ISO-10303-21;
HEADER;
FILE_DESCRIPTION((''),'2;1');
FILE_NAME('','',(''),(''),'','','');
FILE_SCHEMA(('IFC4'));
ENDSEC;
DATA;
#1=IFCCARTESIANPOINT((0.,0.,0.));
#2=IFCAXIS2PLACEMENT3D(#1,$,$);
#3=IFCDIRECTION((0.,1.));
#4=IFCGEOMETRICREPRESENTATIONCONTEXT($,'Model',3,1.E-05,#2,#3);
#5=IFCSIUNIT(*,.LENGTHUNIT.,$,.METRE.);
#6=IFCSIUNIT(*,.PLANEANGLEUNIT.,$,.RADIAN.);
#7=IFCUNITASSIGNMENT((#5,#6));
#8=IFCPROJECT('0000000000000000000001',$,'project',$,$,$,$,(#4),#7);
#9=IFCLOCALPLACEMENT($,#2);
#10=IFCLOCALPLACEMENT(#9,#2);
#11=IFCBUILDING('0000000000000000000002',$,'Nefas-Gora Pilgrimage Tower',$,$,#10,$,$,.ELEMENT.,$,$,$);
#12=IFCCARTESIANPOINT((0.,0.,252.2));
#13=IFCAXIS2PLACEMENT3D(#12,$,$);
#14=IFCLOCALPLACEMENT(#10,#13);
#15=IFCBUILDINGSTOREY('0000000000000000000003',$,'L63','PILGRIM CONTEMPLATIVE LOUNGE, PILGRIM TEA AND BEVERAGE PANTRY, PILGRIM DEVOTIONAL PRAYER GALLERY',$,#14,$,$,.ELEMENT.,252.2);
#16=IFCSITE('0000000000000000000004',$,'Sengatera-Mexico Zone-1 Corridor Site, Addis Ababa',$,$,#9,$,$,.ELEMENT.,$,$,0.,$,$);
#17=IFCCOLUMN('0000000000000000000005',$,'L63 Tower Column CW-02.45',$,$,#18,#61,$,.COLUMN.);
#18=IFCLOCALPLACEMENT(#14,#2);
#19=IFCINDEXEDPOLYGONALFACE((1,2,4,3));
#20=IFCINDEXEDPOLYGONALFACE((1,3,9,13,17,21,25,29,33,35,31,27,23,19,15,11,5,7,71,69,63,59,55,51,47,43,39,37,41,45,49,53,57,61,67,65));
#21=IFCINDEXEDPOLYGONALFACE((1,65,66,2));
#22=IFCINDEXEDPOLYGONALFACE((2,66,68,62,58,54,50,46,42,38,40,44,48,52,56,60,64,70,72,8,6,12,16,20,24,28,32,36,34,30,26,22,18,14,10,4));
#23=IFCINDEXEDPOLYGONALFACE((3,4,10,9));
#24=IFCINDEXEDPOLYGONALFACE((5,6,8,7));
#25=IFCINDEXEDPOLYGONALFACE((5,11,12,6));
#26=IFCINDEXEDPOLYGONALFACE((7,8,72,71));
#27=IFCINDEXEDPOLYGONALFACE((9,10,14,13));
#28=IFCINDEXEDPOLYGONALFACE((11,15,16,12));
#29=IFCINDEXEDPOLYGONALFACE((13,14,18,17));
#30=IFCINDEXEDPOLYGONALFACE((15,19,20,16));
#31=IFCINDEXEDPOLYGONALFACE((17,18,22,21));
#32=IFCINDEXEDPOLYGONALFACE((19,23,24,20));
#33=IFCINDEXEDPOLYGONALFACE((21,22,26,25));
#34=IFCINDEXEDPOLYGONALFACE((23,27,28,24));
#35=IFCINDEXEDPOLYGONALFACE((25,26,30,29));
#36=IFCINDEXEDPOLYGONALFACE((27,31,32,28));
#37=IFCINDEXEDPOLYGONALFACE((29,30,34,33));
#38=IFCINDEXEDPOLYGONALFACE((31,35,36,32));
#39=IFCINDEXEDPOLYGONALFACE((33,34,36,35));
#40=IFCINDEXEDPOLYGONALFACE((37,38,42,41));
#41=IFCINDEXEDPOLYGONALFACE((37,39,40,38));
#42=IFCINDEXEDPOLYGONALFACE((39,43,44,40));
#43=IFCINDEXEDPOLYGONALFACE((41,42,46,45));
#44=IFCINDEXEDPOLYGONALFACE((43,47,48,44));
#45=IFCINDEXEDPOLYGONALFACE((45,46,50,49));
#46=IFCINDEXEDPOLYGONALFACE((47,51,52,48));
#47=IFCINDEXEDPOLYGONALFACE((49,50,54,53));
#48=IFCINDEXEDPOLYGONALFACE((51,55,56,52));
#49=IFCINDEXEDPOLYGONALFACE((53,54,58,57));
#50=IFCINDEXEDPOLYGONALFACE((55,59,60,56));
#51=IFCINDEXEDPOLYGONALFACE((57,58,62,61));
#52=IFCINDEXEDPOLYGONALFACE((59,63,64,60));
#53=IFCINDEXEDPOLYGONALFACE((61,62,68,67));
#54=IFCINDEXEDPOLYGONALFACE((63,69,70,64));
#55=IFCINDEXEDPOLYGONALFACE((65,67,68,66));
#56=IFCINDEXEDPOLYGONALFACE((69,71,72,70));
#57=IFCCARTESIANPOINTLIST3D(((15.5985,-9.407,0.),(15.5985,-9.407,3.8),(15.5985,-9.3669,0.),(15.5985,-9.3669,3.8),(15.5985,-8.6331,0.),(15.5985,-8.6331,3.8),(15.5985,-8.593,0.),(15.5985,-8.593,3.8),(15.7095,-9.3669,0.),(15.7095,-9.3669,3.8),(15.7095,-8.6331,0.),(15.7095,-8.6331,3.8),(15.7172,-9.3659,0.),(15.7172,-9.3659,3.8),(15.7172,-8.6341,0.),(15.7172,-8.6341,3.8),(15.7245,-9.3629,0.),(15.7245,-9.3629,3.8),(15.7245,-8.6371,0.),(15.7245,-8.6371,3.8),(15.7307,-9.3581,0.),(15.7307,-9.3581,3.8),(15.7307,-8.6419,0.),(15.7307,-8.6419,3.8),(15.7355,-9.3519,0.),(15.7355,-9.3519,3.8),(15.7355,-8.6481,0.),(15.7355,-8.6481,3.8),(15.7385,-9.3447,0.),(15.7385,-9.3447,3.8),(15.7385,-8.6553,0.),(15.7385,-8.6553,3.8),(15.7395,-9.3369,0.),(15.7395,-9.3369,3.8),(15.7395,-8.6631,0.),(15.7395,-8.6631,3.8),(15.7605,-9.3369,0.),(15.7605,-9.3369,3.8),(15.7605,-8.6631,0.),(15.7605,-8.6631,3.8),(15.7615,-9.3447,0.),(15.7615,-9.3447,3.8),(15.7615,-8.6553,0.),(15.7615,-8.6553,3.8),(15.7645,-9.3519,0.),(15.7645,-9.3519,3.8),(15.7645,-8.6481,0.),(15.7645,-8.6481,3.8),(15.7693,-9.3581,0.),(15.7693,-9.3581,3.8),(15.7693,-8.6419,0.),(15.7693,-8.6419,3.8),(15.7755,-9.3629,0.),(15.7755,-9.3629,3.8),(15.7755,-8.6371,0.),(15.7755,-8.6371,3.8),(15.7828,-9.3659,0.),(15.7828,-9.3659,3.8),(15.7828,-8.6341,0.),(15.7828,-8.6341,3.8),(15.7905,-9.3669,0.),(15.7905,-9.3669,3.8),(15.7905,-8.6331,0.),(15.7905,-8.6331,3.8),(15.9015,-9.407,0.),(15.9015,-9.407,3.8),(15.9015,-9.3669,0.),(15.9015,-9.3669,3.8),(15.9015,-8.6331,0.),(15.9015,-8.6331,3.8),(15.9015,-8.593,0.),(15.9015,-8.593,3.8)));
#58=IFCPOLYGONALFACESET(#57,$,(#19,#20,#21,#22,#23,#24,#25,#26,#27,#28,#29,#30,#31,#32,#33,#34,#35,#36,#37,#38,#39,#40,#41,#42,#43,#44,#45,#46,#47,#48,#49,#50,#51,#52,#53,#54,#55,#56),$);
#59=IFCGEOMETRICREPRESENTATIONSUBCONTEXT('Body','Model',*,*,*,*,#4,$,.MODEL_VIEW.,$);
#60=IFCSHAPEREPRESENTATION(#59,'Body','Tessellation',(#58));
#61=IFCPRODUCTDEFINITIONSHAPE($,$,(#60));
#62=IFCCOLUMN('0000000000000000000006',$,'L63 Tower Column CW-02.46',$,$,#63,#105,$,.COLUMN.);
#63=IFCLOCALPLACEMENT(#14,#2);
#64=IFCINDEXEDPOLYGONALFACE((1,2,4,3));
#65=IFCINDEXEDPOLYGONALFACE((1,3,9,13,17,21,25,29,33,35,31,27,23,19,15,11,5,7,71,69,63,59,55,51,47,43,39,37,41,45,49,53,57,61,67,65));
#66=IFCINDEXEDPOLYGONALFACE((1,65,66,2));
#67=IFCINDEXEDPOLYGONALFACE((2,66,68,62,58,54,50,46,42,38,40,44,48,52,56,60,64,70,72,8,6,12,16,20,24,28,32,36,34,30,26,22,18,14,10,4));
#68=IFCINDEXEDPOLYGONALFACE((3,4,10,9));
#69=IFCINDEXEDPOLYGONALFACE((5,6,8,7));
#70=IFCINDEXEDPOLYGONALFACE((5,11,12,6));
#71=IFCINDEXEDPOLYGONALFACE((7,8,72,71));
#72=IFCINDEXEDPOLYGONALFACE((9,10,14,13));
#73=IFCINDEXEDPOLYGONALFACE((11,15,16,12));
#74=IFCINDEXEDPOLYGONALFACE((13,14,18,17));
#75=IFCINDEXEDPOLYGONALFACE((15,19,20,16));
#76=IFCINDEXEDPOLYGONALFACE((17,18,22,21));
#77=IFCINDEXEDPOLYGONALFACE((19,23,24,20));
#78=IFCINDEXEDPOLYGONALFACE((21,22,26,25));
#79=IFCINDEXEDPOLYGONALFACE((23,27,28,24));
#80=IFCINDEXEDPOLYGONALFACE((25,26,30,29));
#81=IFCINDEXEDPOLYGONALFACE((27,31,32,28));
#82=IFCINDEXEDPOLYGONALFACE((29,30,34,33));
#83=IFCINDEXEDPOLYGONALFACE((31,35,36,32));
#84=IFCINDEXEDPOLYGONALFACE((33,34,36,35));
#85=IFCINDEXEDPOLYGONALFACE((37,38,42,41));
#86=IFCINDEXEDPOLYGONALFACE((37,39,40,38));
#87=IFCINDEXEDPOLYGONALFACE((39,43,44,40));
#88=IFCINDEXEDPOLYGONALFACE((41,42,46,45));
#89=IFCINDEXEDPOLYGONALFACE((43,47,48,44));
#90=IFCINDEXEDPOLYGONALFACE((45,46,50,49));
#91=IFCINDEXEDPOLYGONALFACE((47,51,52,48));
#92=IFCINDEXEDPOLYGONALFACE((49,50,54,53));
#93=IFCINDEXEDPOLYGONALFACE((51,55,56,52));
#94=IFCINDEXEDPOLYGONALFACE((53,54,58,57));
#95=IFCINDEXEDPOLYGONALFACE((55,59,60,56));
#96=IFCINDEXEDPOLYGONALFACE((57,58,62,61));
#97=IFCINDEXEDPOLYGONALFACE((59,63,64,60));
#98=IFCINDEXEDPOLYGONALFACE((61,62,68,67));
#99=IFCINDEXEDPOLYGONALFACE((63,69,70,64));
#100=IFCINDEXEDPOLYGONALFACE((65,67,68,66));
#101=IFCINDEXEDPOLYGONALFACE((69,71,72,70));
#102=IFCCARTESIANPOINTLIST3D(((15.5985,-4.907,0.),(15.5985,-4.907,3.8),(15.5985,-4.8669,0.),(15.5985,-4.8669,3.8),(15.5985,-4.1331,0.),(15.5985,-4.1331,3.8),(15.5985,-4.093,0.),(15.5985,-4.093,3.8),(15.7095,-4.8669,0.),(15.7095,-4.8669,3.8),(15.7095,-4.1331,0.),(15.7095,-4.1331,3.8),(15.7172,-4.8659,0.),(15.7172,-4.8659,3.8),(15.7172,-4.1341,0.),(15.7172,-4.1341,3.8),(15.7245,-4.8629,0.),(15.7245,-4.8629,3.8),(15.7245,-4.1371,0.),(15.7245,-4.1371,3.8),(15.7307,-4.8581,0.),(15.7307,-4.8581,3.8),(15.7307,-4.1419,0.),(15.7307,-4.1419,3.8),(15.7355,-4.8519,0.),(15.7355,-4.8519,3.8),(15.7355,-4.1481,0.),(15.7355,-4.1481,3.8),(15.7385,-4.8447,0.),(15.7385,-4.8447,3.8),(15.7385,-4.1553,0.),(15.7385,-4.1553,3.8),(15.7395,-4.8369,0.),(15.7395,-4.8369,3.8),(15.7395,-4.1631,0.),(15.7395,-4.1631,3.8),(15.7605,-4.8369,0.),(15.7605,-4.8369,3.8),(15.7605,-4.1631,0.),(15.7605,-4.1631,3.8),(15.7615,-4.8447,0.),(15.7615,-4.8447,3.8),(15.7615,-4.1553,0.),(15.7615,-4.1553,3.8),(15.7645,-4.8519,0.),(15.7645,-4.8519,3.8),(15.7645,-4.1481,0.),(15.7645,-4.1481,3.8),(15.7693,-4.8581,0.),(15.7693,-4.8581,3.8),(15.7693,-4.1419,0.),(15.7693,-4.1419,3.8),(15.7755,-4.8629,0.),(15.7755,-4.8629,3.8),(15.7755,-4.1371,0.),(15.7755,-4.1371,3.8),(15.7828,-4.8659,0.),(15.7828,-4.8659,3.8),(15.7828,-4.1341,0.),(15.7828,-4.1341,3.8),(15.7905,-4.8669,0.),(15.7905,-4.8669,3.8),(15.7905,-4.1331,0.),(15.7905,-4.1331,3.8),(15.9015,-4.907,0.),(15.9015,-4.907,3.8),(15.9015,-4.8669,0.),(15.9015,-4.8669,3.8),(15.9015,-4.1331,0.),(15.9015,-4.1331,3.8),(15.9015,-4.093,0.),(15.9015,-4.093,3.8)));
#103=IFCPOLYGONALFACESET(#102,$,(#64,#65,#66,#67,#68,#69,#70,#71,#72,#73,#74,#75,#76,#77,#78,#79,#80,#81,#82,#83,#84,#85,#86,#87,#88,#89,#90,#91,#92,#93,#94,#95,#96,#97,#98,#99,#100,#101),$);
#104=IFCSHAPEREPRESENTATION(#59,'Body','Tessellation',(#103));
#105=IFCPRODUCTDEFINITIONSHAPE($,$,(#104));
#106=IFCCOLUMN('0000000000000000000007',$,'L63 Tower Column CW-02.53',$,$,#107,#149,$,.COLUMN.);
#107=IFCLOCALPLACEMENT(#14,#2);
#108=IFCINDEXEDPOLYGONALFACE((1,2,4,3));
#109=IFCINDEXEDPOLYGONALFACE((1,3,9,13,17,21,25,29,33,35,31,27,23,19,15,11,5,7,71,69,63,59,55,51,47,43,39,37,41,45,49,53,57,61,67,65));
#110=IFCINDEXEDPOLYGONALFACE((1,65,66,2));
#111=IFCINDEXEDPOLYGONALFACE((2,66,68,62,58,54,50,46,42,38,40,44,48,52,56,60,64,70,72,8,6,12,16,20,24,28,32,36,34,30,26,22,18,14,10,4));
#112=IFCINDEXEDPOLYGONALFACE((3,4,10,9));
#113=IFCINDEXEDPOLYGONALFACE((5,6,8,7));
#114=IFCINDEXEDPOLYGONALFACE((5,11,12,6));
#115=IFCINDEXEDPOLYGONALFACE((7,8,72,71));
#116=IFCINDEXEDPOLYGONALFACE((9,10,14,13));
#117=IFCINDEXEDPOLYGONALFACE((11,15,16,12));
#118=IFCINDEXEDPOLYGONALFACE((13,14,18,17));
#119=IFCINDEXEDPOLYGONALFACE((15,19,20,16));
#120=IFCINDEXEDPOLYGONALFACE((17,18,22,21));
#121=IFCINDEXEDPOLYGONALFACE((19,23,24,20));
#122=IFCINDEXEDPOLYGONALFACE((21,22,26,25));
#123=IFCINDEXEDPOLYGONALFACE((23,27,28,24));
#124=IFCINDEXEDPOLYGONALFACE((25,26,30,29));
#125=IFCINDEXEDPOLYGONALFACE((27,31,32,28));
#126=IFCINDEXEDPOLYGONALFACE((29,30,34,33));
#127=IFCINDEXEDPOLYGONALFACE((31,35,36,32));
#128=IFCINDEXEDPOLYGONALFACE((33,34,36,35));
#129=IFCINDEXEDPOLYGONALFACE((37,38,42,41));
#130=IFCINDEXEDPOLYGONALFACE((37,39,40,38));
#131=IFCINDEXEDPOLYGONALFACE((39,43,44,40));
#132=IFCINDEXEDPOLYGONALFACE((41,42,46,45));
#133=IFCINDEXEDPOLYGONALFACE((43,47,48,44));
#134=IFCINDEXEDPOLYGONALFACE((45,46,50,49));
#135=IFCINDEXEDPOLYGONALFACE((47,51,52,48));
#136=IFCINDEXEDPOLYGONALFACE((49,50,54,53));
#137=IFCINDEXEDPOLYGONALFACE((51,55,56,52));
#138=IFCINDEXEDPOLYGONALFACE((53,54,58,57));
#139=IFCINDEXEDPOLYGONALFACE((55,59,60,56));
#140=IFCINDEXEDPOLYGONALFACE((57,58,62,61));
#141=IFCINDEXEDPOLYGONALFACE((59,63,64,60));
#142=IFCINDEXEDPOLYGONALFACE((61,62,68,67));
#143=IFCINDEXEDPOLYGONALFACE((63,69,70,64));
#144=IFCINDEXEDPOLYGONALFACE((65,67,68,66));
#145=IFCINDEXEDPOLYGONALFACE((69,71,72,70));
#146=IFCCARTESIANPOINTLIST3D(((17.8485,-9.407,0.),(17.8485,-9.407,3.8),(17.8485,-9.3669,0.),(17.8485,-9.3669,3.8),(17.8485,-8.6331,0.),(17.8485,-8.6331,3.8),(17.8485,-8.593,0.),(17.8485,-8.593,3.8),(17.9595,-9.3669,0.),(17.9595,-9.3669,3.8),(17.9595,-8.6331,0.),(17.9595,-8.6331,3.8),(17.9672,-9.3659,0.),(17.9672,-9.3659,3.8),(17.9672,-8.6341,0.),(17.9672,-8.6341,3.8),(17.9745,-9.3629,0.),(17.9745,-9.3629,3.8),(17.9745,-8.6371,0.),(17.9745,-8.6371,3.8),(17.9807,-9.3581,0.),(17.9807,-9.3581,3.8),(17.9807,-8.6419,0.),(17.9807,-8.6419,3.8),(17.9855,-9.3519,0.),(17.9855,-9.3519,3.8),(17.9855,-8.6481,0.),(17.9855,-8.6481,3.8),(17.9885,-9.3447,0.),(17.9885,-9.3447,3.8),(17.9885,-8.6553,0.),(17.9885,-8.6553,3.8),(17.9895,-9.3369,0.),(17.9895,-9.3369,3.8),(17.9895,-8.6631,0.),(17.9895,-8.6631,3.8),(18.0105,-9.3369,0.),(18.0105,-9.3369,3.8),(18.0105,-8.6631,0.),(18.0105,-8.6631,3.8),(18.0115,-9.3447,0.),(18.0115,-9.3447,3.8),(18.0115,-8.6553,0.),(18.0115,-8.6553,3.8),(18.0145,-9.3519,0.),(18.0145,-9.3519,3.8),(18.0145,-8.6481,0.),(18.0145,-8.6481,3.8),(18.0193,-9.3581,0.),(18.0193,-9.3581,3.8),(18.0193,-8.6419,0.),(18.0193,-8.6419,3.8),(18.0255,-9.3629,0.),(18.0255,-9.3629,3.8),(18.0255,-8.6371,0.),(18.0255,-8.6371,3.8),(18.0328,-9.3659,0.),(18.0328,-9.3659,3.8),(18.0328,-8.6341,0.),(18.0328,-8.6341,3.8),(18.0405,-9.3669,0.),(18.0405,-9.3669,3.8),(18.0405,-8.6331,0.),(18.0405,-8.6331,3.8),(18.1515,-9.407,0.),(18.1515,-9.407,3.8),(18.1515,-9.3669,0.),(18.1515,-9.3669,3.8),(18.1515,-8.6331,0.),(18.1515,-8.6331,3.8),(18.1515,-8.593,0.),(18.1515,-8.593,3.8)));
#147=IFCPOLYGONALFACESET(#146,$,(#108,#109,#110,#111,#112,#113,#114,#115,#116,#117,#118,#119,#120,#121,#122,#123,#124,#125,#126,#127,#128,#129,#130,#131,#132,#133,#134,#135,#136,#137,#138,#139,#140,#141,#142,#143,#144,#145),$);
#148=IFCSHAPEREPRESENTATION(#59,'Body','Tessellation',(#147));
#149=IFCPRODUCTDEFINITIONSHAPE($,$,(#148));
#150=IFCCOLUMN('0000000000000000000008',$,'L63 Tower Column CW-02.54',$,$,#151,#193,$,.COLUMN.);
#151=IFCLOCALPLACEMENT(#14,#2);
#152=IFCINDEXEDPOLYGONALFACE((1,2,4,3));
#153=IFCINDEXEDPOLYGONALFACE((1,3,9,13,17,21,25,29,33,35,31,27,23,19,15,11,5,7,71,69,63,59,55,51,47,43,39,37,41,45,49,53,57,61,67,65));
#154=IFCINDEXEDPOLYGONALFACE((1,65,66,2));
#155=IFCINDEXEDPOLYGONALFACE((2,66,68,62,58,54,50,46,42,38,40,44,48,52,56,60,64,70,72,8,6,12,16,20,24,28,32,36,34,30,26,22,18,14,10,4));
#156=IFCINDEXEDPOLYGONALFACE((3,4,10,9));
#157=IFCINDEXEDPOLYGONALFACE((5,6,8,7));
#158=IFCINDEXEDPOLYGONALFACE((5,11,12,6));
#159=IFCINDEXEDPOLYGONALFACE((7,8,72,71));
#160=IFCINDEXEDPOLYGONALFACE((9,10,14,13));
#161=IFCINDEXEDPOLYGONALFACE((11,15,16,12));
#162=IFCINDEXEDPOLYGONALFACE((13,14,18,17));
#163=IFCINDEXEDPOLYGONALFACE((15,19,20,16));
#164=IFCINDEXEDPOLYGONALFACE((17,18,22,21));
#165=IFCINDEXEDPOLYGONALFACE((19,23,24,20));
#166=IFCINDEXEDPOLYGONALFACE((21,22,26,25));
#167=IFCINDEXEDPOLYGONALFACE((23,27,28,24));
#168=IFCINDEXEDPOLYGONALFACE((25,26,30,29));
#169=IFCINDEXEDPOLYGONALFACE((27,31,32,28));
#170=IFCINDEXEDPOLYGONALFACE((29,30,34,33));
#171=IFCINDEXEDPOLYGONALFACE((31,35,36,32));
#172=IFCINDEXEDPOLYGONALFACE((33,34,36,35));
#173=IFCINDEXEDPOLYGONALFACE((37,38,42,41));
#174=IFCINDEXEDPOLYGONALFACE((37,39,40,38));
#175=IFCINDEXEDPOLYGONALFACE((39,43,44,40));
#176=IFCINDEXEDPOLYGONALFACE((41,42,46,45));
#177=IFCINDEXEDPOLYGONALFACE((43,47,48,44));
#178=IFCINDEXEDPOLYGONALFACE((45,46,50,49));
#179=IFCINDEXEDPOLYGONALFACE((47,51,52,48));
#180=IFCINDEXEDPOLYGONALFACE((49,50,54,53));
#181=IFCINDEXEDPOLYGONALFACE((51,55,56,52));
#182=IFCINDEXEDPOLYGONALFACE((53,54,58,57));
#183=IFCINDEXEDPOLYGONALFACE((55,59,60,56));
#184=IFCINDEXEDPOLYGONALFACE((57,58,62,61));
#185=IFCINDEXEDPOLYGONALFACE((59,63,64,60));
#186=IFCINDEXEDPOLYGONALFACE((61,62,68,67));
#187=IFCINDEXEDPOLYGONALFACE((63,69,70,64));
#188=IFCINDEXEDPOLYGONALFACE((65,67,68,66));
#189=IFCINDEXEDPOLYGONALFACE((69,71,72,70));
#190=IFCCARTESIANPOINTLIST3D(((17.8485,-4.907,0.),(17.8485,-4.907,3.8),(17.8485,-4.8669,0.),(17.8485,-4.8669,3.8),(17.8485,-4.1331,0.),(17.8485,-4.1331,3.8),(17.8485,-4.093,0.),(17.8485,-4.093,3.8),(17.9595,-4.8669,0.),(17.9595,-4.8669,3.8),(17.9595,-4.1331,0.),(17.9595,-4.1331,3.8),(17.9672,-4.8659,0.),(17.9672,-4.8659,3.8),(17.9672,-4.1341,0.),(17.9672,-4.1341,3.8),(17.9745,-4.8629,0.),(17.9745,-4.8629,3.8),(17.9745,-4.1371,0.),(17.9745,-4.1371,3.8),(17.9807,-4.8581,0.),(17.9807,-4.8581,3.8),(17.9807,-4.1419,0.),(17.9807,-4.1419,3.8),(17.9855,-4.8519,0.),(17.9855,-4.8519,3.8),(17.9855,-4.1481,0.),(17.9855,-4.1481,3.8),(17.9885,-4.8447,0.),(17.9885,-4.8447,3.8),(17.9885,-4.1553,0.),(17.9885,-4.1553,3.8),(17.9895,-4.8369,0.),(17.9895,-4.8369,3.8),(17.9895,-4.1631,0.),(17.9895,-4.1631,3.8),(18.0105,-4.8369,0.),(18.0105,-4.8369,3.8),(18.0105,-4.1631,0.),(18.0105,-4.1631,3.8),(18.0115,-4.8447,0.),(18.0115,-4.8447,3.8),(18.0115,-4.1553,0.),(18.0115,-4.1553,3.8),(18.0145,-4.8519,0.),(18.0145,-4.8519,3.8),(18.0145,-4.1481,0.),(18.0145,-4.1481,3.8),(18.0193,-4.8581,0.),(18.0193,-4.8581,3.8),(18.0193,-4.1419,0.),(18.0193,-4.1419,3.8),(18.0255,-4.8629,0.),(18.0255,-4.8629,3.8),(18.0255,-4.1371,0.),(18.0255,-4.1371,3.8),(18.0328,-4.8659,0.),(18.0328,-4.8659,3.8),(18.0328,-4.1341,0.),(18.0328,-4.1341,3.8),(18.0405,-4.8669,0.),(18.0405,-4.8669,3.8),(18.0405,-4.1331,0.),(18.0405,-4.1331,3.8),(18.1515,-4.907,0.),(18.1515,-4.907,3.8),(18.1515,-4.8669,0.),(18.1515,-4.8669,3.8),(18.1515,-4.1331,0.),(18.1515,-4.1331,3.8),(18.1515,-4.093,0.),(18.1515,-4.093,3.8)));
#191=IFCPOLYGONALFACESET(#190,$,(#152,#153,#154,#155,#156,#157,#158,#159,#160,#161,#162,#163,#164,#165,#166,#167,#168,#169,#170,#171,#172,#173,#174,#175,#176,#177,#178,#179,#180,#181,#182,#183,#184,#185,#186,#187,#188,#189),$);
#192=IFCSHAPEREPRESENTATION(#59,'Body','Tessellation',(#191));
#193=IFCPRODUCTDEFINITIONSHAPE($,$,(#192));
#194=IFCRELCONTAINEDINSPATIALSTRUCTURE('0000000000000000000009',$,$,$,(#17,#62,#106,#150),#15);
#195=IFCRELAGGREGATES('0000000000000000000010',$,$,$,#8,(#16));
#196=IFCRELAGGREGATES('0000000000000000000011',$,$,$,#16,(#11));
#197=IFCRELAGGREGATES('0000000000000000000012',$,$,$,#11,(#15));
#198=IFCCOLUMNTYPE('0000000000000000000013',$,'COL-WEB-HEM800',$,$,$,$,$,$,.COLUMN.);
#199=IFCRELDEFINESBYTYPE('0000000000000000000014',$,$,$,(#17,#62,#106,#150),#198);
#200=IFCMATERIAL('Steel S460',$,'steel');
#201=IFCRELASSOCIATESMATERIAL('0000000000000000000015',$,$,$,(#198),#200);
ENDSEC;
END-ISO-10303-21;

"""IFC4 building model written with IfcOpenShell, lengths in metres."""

from ifc_helpers import new_model, si_unit, direction, frame, origin, origin_2d, place, context, subcontext, project, spatial, i_section, extrude, source, transform, mapped, material, material_profile, profile_set, type_object, element, save


model = new_model("IFC4")

# Units and contexts
model_context = context("Model", 3, precision=1e-05, world=origin(), true_north=direction((0.0, 1.0)))
body_context = subcontext(model_context, "Body", "Model", "MODEL_VIEW")
ifc_project = project(units=[si_unit("LENGTHUNIT", "METRE"), si_unit("PLANEANGLEUNIT", "RADIAN")], contexts=[model_context])

# Site, building, storey
site_placement = place(None, origin())
site = spatial("IfcSite", under=ifc_project, at=site_placement, Name="Sengatera-Mexico Zone-1 Corridor Site, Addis Ababa", CompositionType="ELEMENT", RefElevation=0.0)
building_placement = place(site_placement, origin())
building = spatial("IfcBuilding", under=site, at=building_placement, Name="Nefas-Gora Pilgrimage Tower", CompositionType="ELEMENT")
storey_placement = place(building_placement, frame((0.0, 0.0, 252.2)))
storey = spatial("IfcBuildingStorey", under=building, at=storey_placement, Name="L63", Description="PILGRIM CONTEMPLATIVE LOUNGE, PILGRIM TEA AND BEVERAGE PANTRY, PILGRIM DEVOTIONAL PRAYER GALLERY", CompositionType="ELEMENT", Elevation=252.2)

# Columns
ifc_material_1 = material(Name="Steel S460", Category="steel")
ifc_material_profile_1 = material_profile(ifc_material_1, i_section(OverallWidth=0.303, OverallDepth=0.814, WebThickness=0.021, FlangeThickness=0.04, FilletRadius=0.03, at=origin_2d()), Name="HEM 800")
ifc_profile_set_1 = profile_set([ifc_material_profile_1], Name="Steel S460")
column_type_1 = type_object("IfcColumnType", Name="COL-WEB-HEM800", PredefinedType="COLUMN", material=ifc_profile_set_1)
shared_shape_1 = source(origin(), body_context, "Body", "SweptSolid", [
    extrude(i_section(OverallWidth=0.303, OverallDepth=0.814, WebThickness=0.021, FlangeThickness=0.04, FilletRadius=0.03, at=origin_2d()), origin(), (0.0, 0.0, 1.0), 3.8),
])
for number, where, z_axis, x_axis, name in (
    (1, (15.75, -9.0, 0.0), (0.0, 0.0, 1.0), (1.0, 0.0, 0.0), "L63 Tower Column CW-02.45"),
    (2, (15.75, -4.5, 0.0), (0.0, 0.0, 1.0), (1.0, 0.0, 0.0), "L63 Tower Column CW-02.46"),
    (3, (18.0, -9.0, 0.0), (0.0, 0.0, 1.0), (1.0, 0.0, 0.0), "L63 Tower Column CW-02.53"),
    (4, (18.0, -4.5, 0.0), (0.0, 0.0, 1.0), (1.0, 0.0, 0.0), "L63 Tower Column CW-02.54"),
):
    element("IfcColumn", number, at=place(storey_placement, frame(where, z_axis=z_axis, x_axis=x_axis)), inside=storey, type_object=column_type_1, Name=name, PredefinedType="COLUMN", context=body_context, shape_type="MappedRepresentation", body=[
        mapped(shared_shape_1, transform((0.0, 0.0, 0.0), x_axis=(1.0, 0.0, 0.0), y_axis=(0.0, 1.0, 0.0), z_axis=(0.0, 0.0, 1.0), scale=1.0)),
    ])

save(model, "model.ifc")
